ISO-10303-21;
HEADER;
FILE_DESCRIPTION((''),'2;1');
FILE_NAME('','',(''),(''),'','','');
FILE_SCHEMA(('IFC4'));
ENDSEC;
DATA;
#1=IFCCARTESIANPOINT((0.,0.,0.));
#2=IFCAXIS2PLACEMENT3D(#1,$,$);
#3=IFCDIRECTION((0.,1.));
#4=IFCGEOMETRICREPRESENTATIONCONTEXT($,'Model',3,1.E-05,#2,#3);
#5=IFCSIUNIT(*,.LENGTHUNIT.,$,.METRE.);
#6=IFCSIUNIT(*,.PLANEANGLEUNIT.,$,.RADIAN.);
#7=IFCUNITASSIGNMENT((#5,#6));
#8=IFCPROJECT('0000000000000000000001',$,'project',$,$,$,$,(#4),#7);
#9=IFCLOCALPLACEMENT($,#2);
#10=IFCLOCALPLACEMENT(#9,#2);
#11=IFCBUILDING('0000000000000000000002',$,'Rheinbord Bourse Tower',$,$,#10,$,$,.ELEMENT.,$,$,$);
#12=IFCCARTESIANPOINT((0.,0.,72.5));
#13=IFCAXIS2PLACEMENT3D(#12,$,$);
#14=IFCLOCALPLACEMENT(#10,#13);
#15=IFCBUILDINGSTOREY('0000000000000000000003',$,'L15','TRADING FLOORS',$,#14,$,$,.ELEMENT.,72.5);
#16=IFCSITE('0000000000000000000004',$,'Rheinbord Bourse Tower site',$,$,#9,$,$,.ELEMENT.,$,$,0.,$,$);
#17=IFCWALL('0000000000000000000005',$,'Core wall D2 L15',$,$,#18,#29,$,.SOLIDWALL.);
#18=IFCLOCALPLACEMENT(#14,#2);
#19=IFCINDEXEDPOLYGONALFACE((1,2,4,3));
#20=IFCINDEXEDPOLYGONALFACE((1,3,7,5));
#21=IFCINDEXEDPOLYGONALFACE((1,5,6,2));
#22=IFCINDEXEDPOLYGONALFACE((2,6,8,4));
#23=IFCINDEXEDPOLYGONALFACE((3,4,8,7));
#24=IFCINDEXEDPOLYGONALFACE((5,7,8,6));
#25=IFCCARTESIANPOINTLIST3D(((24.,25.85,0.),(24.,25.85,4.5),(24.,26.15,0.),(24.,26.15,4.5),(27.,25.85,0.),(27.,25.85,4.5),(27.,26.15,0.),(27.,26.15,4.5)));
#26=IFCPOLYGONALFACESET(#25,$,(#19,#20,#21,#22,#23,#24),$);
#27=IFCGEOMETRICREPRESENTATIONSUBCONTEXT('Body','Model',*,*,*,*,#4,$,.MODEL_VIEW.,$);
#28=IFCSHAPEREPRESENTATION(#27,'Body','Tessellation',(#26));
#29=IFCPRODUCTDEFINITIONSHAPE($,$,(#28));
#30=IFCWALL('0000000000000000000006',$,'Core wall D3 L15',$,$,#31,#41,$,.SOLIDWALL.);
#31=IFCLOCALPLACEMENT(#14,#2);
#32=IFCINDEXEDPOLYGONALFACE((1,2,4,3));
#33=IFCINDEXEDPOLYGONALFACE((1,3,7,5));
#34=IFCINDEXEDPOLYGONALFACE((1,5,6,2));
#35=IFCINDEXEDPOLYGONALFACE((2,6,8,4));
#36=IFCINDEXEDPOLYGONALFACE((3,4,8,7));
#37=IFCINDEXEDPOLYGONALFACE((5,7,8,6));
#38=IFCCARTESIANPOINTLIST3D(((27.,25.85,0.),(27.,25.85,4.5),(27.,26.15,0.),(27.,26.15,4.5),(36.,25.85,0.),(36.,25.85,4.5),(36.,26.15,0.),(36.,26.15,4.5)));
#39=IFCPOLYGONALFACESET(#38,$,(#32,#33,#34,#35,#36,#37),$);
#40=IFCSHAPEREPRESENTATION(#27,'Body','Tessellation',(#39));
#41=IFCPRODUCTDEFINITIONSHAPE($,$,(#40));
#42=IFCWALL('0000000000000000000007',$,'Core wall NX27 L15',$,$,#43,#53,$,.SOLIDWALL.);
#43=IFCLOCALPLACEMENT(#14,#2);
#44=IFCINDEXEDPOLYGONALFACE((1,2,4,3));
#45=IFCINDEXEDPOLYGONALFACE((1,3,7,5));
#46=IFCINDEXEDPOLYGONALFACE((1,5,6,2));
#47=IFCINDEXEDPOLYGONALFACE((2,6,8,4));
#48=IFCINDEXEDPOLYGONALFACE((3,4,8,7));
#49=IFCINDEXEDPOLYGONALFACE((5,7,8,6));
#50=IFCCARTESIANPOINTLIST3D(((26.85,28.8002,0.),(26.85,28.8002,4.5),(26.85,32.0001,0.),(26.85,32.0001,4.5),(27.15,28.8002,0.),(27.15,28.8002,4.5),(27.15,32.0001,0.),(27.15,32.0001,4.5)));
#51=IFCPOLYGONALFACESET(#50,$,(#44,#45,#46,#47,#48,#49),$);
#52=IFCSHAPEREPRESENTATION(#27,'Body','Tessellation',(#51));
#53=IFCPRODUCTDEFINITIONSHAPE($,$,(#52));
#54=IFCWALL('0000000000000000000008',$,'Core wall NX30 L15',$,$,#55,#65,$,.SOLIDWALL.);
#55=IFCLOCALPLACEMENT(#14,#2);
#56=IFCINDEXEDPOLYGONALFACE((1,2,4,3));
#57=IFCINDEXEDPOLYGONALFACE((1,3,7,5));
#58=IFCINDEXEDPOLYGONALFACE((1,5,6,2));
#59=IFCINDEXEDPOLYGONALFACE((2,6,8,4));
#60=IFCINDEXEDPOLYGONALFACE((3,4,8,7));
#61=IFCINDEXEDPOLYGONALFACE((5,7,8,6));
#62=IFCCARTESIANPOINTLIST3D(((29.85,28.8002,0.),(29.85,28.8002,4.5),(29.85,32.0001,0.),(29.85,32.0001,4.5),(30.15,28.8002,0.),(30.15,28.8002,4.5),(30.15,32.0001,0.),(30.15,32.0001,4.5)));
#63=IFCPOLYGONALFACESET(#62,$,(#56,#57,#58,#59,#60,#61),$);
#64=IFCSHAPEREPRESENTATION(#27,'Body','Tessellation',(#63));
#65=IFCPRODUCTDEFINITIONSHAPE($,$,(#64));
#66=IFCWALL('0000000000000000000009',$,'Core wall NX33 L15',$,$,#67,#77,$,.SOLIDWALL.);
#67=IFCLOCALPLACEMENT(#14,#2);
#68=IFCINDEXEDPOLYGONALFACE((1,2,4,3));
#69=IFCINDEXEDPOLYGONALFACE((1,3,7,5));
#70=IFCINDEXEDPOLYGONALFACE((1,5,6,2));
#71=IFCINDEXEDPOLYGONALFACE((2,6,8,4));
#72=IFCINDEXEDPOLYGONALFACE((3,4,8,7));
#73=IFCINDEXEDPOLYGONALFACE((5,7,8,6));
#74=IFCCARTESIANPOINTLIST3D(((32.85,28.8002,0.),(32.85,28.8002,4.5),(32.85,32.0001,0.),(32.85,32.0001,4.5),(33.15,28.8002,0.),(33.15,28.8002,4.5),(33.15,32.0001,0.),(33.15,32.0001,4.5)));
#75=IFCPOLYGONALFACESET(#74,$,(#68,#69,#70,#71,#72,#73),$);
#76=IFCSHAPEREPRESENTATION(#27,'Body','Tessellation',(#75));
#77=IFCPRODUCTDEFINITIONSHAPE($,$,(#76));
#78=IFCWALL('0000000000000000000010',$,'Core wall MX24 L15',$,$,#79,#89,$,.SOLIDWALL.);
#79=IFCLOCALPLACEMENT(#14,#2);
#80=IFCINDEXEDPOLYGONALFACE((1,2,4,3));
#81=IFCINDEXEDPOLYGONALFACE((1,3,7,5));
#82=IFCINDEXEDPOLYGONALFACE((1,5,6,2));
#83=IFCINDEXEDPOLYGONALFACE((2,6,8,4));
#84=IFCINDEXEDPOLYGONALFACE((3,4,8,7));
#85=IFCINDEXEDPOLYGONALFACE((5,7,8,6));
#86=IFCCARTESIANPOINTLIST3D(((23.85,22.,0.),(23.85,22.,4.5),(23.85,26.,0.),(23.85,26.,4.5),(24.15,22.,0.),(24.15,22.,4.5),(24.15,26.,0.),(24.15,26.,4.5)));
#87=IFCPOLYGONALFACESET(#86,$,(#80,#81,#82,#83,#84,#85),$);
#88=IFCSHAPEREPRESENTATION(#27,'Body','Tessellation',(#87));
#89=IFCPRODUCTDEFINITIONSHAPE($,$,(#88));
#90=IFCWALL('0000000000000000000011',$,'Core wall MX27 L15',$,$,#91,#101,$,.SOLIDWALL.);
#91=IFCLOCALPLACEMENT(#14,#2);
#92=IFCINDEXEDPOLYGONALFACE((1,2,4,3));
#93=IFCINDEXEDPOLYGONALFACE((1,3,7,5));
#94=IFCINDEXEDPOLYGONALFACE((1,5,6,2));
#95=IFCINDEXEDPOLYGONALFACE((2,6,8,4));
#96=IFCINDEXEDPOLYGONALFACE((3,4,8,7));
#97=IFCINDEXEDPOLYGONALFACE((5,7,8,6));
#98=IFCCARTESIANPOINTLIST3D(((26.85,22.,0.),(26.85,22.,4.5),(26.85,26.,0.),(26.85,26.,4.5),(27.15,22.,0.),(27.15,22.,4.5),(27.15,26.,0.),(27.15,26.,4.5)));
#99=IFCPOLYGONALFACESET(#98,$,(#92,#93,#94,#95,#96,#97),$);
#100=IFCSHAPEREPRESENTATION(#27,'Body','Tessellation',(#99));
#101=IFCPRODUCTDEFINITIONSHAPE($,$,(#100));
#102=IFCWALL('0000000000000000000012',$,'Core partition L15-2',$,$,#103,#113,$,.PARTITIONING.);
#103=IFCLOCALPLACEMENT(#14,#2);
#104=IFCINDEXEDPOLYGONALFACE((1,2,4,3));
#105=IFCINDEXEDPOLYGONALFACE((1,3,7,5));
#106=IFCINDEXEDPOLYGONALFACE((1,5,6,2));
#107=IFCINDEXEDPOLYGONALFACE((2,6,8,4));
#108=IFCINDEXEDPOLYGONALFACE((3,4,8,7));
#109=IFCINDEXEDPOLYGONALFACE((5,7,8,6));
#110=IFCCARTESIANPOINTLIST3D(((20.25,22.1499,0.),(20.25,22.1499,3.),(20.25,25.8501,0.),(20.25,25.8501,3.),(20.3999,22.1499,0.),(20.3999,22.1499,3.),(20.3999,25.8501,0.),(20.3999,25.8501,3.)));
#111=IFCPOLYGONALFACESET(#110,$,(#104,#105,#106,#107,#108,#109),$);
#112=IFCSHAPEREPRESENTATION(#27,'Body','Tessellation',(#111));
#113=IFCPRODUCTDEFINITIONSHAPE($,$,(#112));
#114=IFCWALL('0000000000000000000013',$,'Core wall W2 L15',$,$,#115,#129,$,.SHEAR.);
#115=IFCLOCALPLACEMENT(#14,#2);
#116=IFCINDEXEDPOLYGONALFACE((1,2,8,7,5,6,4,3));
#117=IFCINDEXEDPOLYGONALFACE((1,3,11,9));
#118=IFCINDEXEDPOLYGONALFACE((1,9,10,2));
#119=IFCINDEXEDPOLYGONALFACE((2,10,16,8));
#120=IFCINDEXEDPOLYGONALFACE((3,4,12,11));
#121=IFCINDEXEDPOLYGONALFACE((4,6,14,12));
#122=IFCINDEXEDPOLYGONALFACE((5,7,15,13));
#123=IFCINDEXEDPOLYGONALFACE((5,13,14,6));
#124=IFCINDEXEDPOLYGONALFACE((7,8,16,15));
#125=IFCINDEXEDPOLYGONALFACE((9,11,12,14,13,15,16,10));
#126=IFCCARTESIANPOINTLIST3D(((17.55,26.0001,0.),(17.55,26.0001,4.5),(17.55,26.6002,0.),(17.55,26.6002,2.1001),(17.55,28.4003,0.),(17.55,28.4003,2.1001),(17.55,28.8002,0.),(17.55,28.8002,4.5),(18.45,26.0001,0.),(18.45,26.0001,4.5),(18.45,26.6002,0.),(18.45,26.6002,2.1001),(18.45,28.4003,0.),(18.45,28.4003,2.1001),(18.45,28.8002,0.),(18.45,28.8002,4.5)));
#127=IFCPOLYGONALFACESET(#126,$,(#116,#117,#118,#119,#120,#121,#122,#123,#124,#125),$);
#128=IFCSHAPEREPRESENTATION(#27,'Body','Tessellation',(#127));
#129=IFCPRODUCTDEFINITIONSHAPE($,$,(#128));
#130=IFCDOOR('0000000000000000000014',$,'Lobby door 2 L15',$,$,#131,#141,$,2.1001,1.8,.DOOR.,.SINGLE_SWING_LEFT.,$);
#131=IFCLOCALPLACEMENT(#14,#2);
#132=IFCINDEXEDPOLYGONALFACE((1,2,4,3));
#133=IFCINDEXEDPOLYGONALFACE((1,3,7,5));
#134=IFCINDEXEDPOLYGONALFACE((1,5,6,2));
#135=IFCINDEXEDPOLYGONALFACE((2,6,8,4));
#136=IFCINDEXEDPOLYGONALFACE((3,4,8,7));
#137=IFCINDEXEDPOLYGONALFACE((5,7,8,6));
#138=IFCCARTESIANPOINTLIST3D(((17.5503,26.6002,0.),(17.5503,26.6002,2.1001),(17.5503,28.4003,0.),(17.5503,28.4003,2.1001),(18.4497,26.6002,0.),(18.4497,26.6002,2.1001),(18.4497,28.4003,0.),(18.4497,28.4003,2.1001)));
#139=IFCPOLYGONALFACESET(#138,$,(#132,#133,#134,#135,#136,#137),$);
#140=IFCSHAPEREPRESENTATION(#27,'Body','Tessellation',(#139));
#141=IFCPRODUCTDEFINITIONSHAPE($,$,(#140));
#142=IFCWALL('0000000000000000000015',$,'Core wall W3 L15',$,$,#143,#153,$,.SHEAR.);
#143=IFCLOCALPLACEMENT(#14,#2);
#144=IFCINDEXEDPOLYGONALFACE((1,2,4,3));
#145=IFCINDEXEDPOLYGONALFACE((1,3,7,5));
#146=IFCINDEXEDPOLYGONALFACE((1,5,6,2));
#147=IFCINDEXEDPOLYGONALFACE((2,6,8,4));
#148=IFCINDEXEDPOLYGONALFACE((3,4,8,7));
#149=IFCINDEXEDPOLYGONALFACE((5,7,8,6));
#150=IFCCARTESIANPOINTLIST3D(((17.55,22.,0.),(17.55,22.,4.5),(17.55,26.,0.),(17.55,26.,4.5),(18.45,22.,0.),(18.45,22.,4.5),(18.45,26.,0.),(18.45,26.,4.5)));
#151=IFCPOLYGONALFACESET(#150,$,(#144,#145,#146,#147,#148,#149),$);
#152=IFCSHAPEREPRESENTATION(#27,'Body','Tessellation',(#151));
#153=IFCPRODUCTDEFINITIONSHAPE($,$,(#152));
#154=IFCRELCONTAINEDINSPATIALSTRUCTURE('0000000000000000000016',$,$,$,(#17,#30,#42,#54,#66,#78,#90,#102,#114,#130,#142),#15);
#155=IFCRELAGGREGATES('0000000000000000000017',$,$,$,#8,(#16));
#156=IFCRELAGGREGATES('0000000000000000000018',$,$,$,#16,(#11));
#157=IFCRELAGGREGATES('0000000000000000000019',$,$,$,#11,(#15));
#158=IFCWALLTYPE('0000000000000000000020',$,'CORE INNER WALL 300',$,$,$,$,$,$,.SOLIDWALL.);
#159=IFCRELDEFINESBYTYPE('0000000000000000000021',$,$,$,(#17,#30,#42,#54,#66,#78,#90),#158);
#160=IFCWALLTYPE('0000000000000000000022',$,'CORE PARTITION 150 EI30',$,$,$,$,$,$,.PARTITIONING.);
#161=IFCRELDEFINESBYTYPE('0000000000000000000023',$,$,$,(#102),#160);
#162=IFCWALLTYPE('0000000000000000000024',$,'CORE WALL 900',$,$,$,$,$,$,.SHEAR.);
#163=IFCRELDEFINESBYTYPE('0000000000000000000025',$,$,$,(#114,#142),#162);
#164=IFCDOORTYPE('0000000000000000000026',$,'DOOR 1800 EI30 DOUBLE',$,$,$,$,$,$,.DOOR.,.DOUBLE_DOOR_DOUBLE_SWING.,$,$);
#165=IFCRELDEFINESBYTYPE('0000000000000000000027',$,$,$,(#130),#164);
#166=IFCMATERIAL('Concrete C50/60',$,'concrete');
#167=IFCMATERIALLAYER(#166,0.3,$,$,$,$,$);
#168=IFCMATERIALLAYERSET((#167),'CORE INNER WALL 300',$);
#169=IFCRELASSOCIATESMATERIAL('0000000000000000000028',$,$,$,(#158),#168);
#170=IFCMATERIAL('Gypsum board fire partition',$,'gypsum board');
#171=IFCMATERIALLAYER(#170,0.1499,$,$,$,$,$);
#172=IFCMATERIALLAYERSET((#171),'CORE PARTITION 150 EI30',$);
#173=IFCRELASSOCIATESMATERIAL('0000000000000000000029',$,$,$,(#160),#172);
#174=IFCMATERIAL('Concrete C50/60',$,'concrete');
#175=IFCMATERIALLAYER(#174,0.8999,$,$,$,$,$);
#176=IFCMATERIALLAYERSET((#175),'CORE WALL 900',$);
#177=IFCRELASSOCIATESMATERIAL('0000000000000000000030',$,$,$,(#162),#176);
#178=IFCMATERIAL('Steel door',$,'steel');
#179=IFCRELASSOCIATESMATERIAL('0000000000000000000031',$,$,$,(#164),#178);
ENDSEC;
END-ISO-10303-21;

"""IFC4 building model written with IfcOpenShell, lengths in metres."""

from ifc_helpers import new_model, si_unit, direction, frame, frame_2d, origin, place, context, subcontext, project, spatial, rectangle, extrude, material, layer, layer_set, type_object, element, fill, save


model = new_model("IFC4")

# Units and contexts
model_context = context("Model", 3, precision=1e-05, world=origin(), true_north=direction((0.0, 1.0)))
body_context = subcontext(model_context, "Body", "Model", "MODEL_VIEW")
ifc_project = project(units=[si_unit("LENGTHUNIT", "METRE"), si_unit("PLANEANGLEUNIT", "RADIAN")], contexts=[model_context])

# Site, building, storey
site_placement = place(None, origin())
site = spatial("IfcSite", under=ifc_project, at=site_placement, Name="Rheinbord Bourse Tower site", CompositionType="ELEMENT", RefElevation=0.0)
building_placement = place(site_placement, origin())
building = spatial("IfcBuilding", under=site, at=building_placement, Name="Rheinbord Bourse Tower", CompositionType="ELEMENT")
storey_placement = place(building_placement, frame((0.0, 0.0, 72.5)))
storey = spatial("IfcBuildingStorey", under=building, at=storey_placement, Name="L15", Description="TRADING FLOORS", CompositionType="ELEMENT", Elevation=72.5)

# Shared definitions
ifc_material_1 = material(Name="Concrete C50/60", Category="concrete")
ifc_layer_1 = layer(ifc_material_1, 0.3)
ifc_layer_set_1 = layer_set([ifc_layer_1], Name="CORE INNER WALL 300")
wall_type_1 = type_object("IfcWallType", Name="CORE INNER WALL 300", PredefinedType="SOLIDWALL", material=ifc_layer_set_1)

# Walls
wall_1_placement = place(storey_placement, frame((24.0, 26.0, 0.0), z_axis=(0.0, 0.0, 1.0), x_axis=(1.0, 0.0, 0.0)))
element("IfcWall", 1, at=wall_1_placement, inside=storey, type_object=wall_type_1, Name="Core wall D2 L15", PredefinedType="SOLIDWALL", context=body_context, shape_type="SweptSolid", body=[
    extrude(rectangle(XDim=3.0, YDim=0.3, at=frame_2d((1.5, 0.0))), origin(), (0.0, 0.0, 1.0), 4.5),
])
wall_2_placement = place(storey_placement, frame((27.0, 26.0, 0.0), z_axis=(0.0, 0.0, 1.0), x_axis=(1.0, 0.0, 0.0)))
element("IfcWall", 2, at=wall_2_placement, inside=storey, type_object=wall_type_1, Name="Core wall D3 L15", PredefinedType="SOLIDWALL", context=body_context, shape_type="SweptSolid", body=[
    extrude(rectangle(XDim=9.0, YDim=0.3, at=frame_2d((4.5, 0.0))), origin(), (0.0, 0.0, 1.0), 4.5),
])
for number, where, z_axis, x_axis, name in (
    (3, (27.0, 28.8, 0.0), (0.0, 0.0, 1.0), (0.0, 1.0, 0.0), "Core wall NX27 L15"),
    (4, (30.0, 28.8, 0.0), (0.0, 0.0, 1.0), (0.0, 1.0, 0.0), "Core wall NX30 L15"),
    (5, (33.0, 28.8, 0.0), (0.0, 0.0, 1.0), (0.0, 1.0, 0.0), "Core wall NX33 L15"),
):
    element("IfcWall", number, at=place(storey_placement, frame(where, z_axis=z_axis, x_axis=x_axis)), inside=storey, type_object=wall_type_1, Name=name, PredefinedType="SOLIDWALL", context=body_context, shape_type="SweptSolid", body=[
        extrude(rectangle(XDim=3.2, YDim=0.3, at=frame_2d((1.6001, 0.0))), origin(), (0.0, 0.0, 1.0), 4.5),
    ])
for number, where, z_axis, x_axis, name in (
    (6, (24.0, 22.0, 0.0), (0.0, 0.0, 1.0), (0.0, 1.0, 0.0), "Core wall MX24 L15"),
    (7, (27.0, 22.0, 0.0), (0.0, 0.0, 1.0), (0.0, 1.0, 0.0), "Core wall MX27 L15"),
):
    element("IfcWall", number, at=place(storey_placement, frame(where, z_axis=z_axis, x_axis=x_axis)), inside=storey, type_object=wall_type_1, Name=name, PredefinedType="SOLIDWALL", context=body_context, shape_type="SweptSolid", body=[
        extrude(rectangle(XDim=4.0, YDim=0.3, at=frame_2d((2.0, 0.0))), origin(), (0.0, 0.0, 1.0), 4.5),
    ])
ifc_material_2 = material(Name="Gypsum board fire partition", Category="gypsum board")
ifc_layer_2 = layer(ifc_material_2, 0.1499)
ifc_layer_set_2 = layer_set([ifc_layer_2], Name="CORE PARTITION 150 EI30")
wall_type_2 = type_object("IfcWallType", Name="CORE PARTITION 150 EI30", PredefinedType="PARTITIONING", material=ifc_layer_set_2)
wall_3_placement = place(storey_placement, frame((20.325, 22.1499, 0.0), z_axis=(0.0, 0.0, 1.0), x_axis=(0.0, 1.0, 0.0)))
element("IfcWall", 8, at=wall_3_placement, inside=storey, type_object=wall_type_2, Name="Core partition L15-2", PredefinedType="PARTITIONING", context=body_context, shape_type="SweptSolid", body=[
    extrude(rectangle(XDim=3.7002, YDim=0.1499, at=frame_2d((1.8501, 0.0))), origin(), (0.0, 0.0, 1.0), 3.0),
])

# Wall, opening, door
ifc_material_3 = material(Name="Concrete C50/60", Category="concrete")
ifc_layer_3 = layer(ifc_material_3, 0.8999)
ifc_layer_set_3 = layer_set([ifc_layer_3], Name="CORE WALL 900")
wall_type_3 = type_object("IfcWallType", Name="CORE WALL 900", PredefinedType="SHEAR", material=ifc_layer_set_3)
wall_4_placement = place(storey_placement, frame((18.0, 28.8, 0.0), z_axis=(0.0, 0.0, 1.0), x_axis=(0.0, -1.0, 0.0)))
wall_4 = element("IfcWall", 9, at=wall_4_placement, inside=storey, type_object=wall_type_3, Name="Core wall W2 L15", PredefinedType="SHEAR", context=body_context, shape_type="SweptSolid", body=[
    extrude(rectangle(XDim=2.8, YDim=0.8999, at=frame_2d((1.3999, 0.0))), origin(), (0.0, 0.0, 1.0), 4.5),
])
opening_1_placement = place(wall_4_placement, frame((0.3999, 0.0, 0.0)))
opening_1 = element("IfcOpeningElement", 10, at=opening_1_placement, cuts=wall_4, PredefinedType="OPENING", context=body_context, shape_type="SweptSolid", body=[
    extrude(rectangle(XDim=1.8, YDim=2.1001, at=frame_2d((0.8999, 1.05))), frame((0.0, 0.46, 0.0), z_axis=(0.0, -1.0, 0.0), x_axis=(1.0, 0.0, 0.0)), (0.0, 0.0, 1.0), 0.9199),
])
ifc_material_4 = material(Name="Steel door", Category="steel")
door_type_1 = type_object("IfcDoorType", Name="DOOR 1800 EI30 DOUBLE", OperationType="DOUBLE_DOOR_DOUBLE_SWING", PredefinedType="DOOR", material=ifc_material_4)
door_1_placement = place(opening_1_placement, origin())
door_1 = element("IfcDoor", 11, at=door_1_placement, inside=storey, type_object=door_type_1, Name="Lobby door 2 L15", OperationType="SINGLE_SWING_LEFT", OverallHeight=2.1001, OverallWidth=1.8, PredefinedType="DOOR", context=body_context, shape_type="SweptSolid", body=[
    extrude(rectangle(XDim=1.8, YDim=2.1001, at=frame_2d((0.8999, 1.05))), frame((0.0, 0.4497, 0.0), z_axis=(0.0, -1.0, 0.0), x_axis=(1.0, 0.0, 0.0)), (0.0, 0.0, 1.0), 0.8994),
])
fill(opening_1, door_1)

# Wall
wall_5_placement = place(storey_placement, frame((18.0, 26.0, 0.0), z_axis=(0.0, 0.0, 1.0), x_axis=(0.0, -1.0, 0.0)))
element("IfcWall", 12, at=wall_5_placement, inside=storey, type_object=wall_type_3, Name="Core wall W3 L15", PredefinedType="SHEAR", context=body_context, shape_type="SweptSolid", body=[
    extrude(rectangle(XDim=4.0, YDim=0.8999, at=frame_2d((2.0, 0.0))), origin(), (0.0, 0.0, 1.0), 4.5),
])

save(model, "model.ifc")
